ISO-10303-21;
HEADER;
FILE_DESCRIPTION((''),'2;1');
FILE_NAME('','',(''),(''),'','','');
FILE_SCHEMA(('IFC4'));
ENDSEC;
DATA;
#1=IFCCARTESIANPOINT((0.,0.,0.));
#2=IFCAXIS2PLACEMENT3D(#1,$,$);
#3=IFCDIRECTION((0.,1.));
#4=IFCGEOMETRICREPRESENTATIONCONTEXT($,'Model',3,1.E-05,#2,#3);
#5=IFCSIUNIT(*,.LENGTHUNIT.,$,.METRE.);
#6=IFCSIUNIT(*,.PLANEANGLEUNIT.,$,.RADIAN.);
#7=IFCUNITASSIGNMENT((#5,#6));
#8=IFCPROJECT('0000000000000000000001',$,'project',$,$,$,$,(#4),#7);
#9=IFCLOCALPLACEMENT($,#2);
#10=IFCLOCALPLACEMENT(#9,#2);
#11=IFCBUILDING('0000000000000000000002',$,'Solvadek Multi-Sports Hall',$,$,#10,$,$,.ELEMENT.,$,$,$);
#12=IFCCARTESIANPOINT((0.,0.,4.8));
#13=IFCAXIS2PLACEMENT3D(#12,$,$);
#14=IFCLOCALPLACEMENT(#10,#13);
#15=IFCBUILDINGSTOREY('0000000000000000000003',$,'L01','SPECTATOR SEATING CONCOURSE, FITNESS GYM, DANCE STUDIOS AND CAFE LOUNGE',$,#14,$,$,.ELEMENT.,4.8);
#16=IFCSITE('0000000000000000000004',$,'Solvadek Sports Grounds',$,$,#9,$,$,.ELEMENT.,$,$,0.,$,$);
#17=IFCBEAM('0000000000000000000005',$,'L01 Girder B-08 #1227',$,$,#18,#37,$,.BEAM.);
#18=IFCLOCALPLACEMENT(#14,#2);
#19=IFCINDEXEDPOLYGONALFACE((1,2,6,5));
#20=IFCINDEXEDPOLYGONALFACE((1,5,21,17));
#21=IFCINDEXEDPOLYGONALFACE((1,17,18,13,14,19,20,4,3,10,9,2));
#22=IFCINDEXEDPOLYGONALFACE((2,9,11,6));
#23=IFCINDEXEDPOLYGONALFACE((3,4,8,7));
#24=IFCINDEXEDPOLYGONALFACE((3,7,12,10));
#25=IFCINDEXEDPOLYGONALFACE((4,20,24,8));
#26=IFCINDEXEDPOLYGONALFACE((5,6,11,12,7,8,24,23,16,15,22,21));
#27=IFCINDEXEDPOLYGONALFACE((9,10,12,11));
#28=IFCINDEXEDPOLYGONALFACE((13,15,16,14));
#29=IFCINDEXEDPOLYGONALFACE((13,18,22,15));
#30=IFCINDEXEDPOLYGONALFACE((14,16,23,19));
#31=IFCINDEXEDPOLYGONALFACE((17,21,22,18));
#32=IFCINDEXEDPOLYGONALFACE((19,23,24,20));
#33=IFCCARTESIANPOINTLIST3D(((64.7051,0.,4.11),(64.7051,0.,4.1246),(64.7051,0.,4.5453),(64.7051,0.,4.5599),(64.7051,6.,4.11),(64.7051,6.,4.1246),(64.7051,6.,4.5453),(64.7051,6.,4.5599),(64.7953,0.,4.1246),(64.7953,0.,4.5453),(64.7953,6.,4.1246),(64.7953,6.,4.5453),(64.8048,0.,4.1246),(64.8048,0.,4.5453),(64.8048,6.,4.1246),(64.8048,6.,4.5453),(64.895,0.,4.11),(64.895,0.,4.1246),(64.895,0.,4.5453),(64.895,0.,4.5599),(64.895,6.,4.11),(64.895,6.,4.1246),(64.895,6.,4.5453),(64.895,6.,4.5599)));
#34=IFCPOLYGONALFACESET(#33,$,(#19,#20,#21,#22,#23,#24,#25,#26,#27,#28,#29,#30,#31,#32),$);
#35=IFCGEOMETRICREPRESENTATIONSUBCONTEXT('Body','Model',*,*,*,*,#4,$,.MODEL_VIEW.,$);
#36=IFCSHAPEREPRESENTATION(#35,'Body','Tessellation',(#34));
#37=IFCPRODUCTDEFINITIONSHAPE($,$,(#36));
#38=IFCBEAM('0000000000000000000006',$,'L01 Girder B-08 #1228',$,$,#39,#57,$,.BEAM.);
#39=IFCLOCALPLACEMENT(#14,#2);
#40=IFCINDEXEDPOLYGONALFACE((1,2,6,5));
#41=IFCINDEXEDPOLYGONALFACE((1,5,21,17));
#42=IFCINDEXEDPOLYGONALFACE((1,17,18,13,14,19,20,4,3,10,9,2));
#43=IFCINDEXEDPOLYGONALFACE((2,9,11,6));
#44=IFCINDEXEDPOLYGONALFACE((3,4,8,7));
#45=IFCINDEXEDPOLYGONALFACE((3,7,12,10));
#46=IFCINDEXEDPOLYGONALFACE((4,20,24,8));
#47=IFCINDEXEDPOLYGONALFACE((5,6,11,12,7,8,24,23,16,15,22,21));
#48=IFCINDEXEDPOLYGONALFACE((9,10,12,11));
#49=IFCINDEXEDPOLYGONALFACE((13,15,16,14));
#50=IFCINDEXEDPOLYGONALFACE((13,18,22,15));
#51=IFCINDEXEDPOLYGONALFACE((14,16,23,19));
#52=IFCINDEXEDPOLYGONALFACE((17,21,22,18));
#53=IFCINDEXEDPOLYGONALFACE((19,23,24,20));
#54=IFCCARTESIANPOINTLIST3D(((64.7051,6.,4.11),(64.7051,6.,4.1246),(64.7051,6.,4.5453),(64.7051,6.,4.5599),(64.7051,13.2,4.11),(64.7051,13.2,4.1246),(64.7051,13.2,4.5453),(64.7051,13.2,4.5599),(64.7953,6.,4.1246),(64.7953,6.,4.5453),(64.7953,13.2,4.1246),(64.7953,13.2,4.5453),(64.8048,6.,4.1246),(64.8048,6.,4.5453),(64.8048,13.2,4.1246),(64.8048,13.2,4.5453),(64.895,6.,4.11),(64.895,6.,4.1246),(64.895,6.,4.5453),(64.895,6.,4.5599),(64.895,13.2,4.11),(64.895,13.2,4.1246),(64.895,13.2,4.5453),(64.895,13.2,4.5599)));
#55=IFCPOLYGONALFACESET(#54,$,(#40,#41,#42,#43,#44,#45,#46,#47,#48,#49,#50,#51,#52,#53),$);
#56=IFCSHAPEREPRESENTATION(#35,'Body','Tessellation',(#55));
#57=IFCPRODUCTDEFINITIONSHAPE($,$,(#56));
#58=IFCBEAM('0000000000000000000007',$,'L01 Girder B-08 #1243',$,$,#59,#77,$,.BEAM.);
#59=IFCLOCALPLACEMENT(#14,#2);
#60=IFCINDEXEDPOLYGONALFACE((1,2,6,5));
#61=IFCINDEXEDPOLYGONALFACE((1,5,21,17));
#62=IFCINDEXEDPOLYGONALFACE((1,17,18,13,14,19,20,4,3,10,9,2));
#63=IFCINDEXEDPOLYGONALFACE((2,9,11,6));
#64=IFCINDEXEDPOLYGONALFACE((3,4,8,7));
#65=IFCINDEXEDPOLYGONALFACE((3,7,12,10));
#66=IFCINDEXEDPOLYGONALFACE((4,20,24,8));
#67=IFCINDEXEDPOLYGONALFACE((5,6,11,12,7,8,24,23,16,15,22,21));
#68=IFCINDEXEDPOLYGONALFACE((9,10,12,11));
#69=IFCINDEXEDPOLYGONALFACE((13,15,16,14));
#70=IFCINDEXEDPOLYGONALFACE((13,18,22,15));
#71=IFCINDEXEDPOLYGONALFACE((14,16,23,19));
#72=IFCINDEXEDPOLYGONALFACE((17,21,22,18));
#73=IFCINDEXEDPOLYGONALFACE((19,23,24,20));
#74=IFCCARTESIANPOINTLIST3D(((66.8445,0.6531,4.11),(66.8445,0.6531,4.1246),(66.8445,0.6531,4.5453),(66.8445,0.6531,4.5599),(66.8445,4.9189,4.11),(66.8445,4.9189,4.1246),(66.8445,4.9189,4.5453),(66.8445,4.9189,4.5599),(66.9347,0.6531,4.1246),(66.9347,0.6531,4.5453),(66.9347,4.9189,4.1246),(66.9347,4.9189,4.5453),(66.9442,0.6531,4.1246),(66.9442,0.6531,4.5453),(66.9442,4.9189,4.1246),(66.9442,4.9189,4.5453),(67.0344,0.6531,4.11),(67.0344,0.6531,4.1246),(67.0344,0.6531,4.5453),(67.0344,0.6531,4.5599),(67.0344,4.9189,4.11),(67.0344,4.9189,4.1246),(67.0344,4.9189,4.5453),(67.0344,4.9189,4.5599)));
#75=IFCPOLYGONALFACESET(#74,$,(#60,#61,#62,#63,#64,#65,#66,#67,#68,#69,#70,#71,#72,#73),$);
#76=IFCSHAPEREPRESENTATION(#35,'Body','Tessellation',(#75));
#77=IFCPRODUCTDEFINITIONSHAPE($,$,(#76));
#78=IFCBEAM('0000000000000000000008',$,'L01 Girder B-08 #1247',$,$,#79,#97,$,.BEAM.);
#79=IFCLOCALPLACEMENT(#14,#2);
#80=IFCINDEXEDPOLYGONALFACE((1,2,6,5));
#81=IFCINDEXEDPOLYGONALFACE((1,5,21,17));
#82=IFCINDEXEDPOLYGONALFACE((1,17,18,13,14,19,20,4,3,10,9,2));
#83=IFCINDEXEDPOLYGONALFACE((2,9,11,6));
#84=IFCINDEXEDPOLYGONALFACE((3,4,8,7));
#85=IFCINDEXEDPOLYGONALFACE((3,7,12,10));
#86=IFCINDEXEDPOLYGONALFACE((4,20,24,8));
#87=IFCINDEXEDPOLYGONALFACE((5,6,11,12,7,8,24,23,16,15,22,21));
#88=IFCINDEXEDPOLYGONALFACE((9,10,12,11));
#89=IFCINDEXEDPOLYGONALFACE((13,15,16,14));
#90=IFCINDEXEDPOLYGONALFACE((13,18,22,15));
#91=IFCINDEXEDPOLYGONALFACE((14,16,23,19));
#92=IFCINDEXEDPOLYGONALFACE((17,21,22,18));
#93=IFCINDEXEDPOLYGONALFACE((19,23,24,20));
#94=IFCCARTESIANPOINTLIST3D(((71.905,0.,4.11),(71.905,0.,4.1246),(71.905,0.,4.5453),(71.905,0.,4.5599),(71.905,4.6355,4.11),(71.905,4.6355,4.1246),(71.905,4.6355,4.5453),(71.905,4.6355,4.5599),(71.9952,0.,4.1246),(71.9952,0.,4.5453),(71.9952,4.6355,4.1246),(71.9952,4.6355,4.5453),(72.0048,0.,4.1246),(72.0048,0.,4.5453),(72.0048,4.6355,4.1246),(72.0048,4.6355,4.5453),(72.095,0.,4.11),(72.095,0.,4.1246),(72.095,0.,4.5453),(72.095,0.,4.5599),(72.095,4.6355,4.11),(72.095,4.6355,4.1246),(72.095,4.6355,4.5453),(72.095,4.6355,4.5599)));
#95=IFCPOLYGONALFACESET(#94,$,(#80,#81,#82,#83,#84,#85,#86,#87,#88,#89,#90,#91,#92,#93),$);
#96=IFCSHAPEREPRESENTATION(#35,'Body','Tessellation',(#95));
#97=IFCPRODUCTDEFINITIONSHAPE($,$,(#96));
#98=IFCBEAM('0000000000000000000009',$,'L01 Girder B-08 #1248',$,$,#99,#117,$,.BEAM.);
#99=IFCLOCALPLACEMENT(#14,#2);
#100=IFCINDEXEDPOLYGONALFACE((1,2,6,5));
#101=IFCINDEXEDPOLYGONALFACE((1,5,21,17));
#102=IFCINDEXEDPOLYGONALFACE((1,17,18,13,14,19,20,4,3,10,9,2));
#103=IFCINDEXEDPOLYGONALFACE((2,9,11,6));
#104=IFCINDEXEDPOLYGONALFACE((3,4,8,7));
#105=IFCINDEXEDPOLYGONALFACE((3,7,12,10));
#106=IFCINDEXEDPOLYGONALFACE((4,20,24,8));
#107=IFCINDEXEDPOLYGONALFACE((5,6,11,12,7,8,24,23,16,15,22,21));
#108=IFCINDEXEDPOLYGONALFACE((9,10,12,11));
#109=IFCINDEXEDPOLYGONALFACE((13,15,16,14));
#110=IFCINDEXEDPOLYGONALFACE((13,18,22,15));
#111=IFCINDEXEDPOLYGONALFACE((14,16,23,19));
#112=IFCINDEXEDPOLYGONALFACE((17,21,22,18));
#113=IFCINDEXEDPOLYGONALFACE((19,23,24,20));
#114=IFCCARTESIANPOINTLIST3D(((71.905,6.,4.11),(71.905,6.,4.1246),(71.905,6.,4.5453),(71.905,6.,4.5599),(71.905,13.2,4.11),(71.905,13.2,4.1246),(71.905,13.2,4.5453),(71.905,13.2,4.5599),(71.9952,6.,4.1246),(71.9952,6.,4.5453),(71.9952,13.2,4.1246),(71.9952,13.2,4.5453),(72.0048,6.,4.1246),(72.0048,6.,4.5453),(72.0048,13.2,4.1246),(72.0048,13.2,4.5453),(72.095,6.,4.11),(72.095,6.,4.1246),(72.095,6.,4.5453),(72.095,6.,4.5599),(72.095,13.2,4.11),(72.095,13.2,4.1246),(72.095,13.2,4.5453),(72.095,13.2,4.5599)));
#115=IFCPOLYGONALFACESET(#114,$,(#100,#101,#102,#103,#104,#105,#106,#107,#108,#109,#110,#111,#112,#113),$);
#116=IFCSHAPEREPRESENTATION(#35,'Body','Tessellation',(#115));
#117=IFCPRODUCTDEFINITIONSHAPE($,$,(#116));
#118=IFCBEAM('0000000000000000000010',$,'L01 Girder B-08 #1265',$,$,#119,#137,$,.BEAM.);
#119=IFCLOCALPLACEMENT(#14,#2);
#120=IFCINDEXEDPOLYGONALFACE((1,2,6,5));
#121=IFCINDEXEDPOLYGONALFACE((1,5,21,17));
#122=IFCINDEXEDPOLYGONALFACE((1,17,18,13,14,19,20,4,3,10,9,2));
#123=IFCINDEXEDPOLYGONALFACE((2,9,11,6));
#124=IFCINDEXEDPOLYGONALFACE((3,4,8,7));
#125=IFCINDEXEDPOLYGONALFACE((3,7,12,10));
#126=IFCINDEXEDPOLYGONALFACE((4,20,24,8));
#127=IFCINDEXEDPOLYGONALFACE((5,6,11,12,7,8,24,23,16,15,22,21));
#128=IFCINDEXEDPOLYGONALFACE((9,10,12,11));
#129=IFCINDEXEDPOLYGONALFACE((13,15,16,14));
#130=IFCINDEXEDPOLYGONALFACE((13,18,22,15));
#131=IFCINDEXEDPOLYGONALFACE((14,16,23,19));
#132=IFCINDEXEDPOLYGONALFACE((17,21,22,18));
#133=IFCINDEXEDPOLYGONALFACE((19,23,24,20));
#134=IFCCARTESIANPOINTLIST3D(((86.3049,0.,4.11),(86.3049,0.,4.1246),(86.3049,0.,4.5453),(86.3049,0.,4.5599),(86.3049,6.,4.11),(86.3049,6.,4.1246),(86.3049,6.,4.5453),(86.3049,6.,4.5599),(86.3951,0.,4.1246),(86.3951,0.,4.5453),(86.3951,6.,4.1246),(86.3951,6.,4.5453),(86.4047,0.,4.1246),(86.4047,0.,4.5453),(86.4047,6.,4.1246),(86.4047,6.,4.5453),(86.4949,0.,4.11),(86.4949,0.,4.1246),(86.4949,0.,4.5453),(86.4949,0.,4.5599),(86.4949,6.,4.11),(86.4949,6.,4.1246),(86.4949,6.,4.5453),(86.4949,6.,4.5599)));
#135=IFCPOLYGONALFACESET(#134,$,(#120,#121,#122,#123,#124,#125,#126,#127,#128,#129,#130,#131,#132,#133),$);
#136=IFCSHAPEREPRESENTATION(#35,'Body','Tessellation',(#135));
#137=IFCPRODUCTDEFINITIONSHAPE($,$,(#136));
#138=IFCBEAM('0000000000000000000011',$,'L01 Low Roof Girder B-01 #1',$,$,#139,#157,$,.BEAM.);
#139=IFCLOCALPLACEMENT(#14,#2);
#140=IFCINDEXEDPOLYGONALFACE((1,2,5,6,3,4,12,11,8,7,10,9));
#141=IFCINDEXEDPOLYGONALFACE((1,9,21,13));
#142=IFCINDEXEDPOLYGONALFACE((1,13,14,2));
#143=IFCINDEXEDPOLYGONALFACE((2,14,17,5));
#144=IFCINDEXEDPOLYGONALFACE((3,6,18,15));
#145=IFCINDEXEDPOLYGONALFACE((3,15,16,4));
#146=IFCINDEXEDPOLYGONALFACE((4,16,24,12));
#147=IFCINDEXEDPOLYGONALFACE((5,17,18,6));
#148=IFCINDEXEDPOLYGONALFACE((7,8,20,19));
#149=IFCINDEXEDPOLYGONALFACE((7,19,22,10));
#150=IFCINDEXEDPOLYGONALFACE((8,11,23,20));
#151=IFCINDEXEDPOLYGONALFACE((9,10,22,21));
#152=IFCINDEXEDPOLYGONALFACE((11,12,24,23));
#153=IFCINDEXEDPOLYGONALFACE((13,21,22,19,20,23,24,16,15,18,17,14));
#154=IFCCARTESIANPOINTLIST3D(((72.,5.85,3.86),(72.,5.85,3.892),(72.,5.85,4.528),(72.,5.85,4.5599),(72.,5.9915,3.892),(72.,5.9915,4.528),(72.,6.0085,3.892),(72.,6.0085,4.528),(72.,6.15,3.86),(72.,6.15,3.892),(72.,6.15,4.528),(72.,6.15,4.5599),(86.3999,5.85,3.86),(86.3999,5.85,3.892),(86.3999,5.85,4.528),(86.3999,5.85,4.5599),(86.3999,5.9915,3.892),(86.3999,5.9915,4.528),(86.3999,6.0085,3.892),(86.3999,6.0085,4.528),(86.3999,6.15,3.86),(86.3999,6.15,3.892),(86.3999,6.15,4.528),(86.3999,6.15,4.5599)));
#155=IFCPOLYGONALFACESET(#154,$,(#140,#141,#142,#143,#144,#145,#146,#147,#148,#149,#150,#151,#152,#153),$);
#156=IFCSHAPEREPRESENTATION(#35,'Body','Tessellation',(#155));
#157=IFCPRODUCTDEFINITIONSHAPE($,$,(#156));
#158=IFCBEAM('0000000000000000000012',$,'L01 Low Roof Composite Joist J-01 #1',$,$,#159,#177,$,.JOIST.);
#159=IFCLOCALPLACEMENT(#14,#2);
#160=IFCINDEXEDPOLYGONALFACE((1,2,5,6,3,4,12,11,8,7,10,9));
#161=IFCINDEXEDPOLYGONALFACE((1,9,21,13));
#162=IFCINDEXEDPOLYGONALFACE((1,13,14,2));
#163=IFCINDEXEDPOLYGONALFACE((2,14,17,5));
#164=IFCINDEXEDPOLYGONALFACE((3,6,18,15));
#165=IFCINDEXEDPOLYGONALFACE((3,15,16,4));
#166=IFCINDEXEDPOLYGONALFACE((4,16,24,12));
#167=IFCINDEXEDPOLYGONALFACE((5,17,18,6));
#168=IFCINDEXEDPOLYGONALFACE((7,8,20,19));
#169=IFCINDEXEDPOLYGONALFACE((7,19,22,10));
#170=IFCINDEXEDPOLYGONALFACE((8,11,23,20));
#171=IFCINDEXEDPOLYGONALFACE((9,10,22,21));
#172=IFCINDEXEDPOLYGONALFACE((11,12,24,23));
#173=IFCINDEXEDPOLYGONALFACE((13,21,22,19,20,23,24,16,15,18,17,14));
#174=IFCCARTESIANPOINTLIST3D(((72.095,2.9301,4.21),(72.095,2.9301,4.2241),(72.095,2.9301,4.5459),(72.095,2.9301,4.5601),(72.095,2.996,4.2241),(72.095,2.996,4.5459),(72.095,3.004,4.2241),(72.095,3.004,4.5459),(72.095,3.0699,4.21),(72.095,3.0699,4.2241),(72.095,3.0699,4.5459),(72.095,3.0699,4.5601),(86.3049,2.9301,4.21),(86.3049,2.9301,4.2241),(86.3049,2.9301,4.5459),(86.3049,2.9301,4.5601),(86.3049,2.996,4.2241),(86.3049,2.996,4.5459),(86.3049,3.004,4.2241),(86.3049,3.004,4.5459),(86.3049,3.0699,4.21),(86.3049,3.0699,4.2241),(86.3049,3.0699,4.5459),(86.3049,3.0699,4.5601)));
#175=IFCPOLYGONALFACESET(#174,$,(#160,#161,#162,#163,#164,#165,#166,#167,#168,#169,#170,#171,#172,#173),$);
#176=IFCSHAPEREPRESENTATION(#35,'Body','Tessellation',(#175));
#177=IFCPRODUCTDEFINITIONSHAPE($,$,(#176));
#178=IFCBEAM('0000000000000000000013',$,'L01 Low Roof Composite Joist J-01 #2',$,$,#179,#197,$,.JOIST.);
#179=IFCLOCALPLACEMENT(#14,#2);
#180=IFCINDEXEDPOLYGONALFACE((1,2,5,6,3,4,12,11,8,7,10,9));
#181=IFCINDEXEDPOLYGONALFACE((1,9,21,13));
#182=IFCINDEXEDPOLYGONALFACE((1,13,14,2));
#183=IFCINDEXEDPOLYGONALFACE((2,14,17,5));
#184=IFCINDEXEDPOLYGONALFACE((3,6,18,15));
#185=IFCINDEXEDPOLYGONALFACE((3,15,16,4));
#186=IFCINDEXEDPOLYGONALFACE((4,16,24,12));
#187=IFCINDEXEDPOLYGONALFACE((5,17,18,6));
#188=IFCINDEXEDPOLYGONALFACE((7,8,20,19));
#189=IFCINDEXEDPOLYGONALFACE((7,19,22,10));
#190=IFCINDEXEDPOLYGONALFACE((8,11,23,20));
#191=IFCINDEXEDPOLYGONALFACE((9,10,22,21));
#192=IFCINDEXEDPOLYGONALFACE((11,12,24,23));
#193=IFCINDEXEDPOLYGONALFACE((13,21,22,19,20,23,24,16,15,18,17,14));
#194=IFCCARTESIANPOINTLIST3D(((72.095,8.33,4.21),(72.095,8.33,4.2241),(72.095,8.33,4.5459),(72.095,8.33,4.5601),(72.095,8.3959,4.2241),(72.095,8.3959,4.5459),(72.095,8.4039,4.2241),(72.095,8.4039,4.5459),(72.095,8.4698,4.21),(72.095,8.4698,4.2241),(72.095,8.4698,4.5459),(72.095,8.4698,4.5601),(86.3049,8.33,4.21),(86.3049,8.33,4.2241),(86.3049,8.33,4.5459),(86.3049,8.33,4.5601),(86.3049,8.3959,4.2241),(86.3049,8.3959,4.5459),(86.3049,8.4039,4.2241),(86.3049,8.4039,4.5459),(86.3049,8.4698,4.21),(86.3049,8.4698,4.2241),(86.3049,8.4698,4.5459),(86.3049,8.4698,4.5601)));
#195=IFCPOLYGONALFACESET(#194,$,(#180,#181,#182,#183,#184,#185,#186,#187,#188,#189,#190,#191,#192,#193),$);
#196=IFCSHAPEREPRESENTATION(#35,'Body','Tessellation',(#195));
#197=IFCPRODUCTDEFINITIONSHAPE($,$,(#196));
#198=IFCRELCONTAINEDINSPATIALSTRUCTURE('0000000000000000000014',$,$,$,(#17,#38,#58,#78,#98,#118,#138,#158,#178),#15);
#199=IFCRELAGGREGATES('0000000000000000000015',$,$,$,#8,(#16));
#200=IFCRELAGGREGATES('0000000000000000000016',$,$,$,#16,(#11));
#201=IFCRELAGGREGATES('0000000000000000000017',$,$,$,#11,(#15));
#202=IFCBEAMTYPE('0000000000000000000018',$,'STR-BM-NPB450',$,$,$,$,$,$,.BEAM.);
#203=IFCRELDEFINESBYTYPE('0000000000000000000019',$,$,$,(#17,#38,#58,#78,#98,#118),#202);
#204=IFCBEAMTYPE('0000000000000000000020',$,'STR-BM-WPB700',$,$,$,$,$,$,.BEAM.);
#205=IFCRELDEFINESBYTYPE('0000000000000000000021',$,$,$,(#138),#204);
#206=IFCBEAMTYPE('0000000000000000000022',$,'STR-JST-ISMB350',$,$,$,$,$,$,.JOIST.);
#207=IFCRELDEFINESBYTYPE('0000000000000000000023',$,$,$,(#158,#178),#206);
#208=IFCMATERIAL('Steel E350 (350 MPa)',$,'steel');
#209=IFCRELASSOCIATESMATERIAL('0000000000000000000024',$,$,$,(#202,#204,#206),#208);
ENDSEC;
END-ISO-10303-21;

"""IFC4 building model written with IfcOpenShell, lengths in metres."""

from ifc_helpers import new_model, si_unit, direction, frame, origin, origin_2d, place, context, subcontext, project, spatial, i_section, extrude, material, material_profile, profile_set, type_object, element, save


model = new_model("IFC4")

# Units and contexts
model_context = context("Model", 3, precision=1e-05, world=origin(), true_north=direction((0.0, 1.0)))
body_context = subcontext(model_context, "Body", "Model", "MODEL_VIEW")
ifc_project = project(units=[si_unit("LENGTHUNIT", "METRE"), si_unit("PLANEANGLEUNIT", "RADIAN")], contexts=[model_context])

# Site, building, storey
site_placement = place(None, origin())
site = spatial("IfcSite", under=ifc_project, at=site_placement, Name="Solvadek Sports Grounds", CompositionType="ELEMENT", RefElevation=0.0)
building_placement = place(site_placement, origin())
building = spatial("IfcBuilding", under=site, at=building_placement, Name="Solvadek Multi-Sports Hall", CompositionType="ELEMENT")
storey_placement = place(building_placement, frame((0.0, 0.0, 4.8)))
storey = spatial("IfcBuildingStorey", under=building, at=storey_placement, Name="L01", Description="SPECTATOR SEATING CONCOURSE, FITNESS GYM, DANCE STUDIOS AND CAFE LOUNGE", CompositionType="ELEMENT", Elevation=4.8)

# Shared definitions
ifc_material_1 = material(Name="Steel E350 (350 MPa)", Category="steel")

# Beams
ifc_material_profile_1 = material_profile(ifc_material_1, i_section(OverallWidth=0.1899, OverallDepth=0.45, WebThickness=0.0095, FlangeThickness=0.0146, at=origin_2d()), Name="NPB 450")
ifc_profile_set_1 = profile_set([ifc_material_profile_1], Name="Steel E350 (350 MPa)")
beam_type_1 = type_object("IfcBeamType", Name="STR-BM-NPB450", PredefinedType="BEAM", material=ifc_profile_set_1)
beam_1_placement = place(storey_placement, frame((64.8, 0.0, 4.335), z_axis=(0.0, 1.0, 0.0), x_axis=(-1.0, 0.0, 0.0)))
element("IfcBeam", 1, at=beam_1_placement, inside=storey, type_object=beam_type_1, Name="L01 Girder B-08 #1227", PredefinedType="BEAM", context=body_context, shape_type="SweptSolid", body=[
    extrude(i_section(OverallWidth=0.1899, OverallDepth=0.45, WebThickness=0.0095, FlangeThickness=0.0146, at=origin_2d()), origin(), (0.0, 0.0, 1.0), 6.0),
])
beam_2_placement = place(storey_placement, frame((64.8, 6.0, 4.335), z_axis=(0.0, 1.0, 0.0), x_axis=(-1.0, 0.0, 0.0)))
element("IfcBeam", 2, at=beam_2_placement, inside=storey, type_object=beam_type_1, Name="L01 Girder B-08 #1228", PredefinedType="BEAM", context=body_context, shape_type="SweptSolid", body=[
    extrude(i_section(OverallWidth=0.1899, OverallDepth=0.45, WebThickness=0.0095, FlangeThickness=0.0146, at=origin_2d()), origin(), (0.0, 0.0, 1.0), 7.2),
])
beam_3_placement = place(storey_placement, frame((66.9395, 0.6531, 4.335), z_axis=(0.0, 1.0, 0.0), x_axis=(-1.0, 0.0, 0.0)))
element("IfcBeam", 3, at=beam_3_placement, inside=storey, type_object=beam_type_1, Name="L01 Girder B-08 #1243", PredefinedType="BEAM", context=body_context, shape_type="SweptSolid", body=[
    extrude(i_section(OverallWidth=0.1899, OverallDepth=0.45, WebThickness=0.0095, FlangeThickness=0.0146, at=origin_2d()), origin(), (0.0, 0.0, 1.0), 4.2659),
])
beam_4_placement = place(storey_placement, frame((72.0, 0.0, 4.335), z_axis=(0.0, 1.0, 0.0), x_axis=(-1.0, 0.0, 0.0)))
element("IfcBeam", 4, at=beam_4_placement, inside=storey, type_object=beam_type_1, Name="L01 Girder B-08 #1247", PredefinedType="BEAM", context=body_context, shape_type="SweptSolid", body=[
    extrude(i_section(OverallWidth=0.1899, OverallDepth=0.45, WebThickness=0.0095, FlangeThickness=0.0146, at=origin_2d()), origin(), (0.0, 0.0, 1.0), 4.6355),
])
beam_5_placement = place(storey_placement, frame((72.0, 6.0, 4.335), z_axis=(0.0, 1.0, 0.0), x_axis=(-1.0, 0.0, 0.0)))
element("IfcBeam", 5, at=beam_5_placement, inside=storey, type_object=beam_type_1, Name="L01 Girder B-08 #1248", PredefinedType="BEAM", context=body_context, shape_type="SweptSolid", body=[
    extrude(i_section(OverallWidth=0.1899, OverallDepth=0.45, WebThickness=0.0095, FlangeThickness=0.0146, at=origin_2d()), origin(), (0.0, 0.0, 1.0), 7.2),
])
beam_6_placement = place(storey_placement, frame((86.3999, 0.0, 4.335), z_axis=(0.0, 1.0, 0.0), x_axis=(-1.0, 0.0, 0.0)))
element("IfcBeam", 6, at=beam_6_placement, inside=storey, type_object=beam_type_1, Name="L01 Girder B-08 #1265", PredefinedType="BEAM", context=body_context, shape_type="SweptSolid", body=[
    extrude(i_section(OverallWidth=0.1899, OverallDepth=0.45, WebThickness=0.0095, FlangeThickness=0.0146, at=origin_2d()), origin(), (0.0, 0.0, 1.0), 6.0),
])
ifc_material_profile_2 = material_profile(ifc_material_1, i_section(OverallWidth=0.3, OverallDepth=0.7, WebThickness=0.0171, FlangeThickness=0.032, at=origin_2d()), Name="WPB 700")
ifc_profile_set_2 = profile_set([ifc_material_profile_2], Name="Steel E350 (350 MPa)")
beam_type_2 = type_object("IfcBeamType", Name="STR-BM-WPB700", PredefinedType="BEAM", material=ifc_profile_set_2)
beam_7_placement = place(storey_placement, frame((72.0, 6.0, 4.21), z_axis=(1.0, 0.0, 0.0), x_axis=(0.0, 1.0, 0.0)))
element("IfcBeam", 7, at=beam_7_placement, inside=storey, type_object=beam_type_2, Name="L01 Low Roof Girder B-01 #1", PredefinedType="BEAM", context=body_context, shape_type="SweptSolid", body=[
    extrude(i_section(OverallWidth=0.3, OverallDepth=0.7, WebThickness=0.0171, FlangeThickness=0.032, at=origin_2d()), origin(), (0.0, 0.0, 1.0), 14.3999),
])
ifc_material_profile_3 = material_profile(ifc_material_1, i_section(OverallWidth=0.1399, OverallDepth=0.3501, WebThickness=0.0081, FlangeThickness=0.0142, at=origin_2d()), Name="ISMB 350")
ifc_profile_set_3 = profile_set([ifc_material_profile_3], Name="Steel E350 (350 MPa)")
beam_type_3 = type_object("IfcBeamType", Name="STR-JST-ISMB350", PredefinedType="JOIST", material=ifc_profile_set_3)
for number, where, z_axis, x_axis, name in (
    (8, (72.095, 3.0, 4.385), (1.0, 0.0, 0.0), (0.0, 1.0, 0.0), "L01 Low Roof Composite Joist J-01 #1"),
    (9, (72.095, 8.3999, 4.385), (1.0, 0.0, 0.0), (0.0, 1.0, 0.0), "L01 Low Roof Composite Joist J-01 #2"),
):
    element("IfcBeam", number, at=place(storey_placement, frame(where, z_axis=z_axis, x_axis=x_axis)), inside=storey, type_object=beam_type_3, Name=name, PredefinedType="JOIST", context=body_context, shape_type="SweptSolid", body=[
        extrude(i_section(OverallWidth=0.1399, OverallDepth=0.3501, WebThickness=0.0081, FlangeThickness=0.0142, at=origin_2d()), origin(), (0.0, 0.0, 1.0), 14.21),
    ])

save(model, "model.ifc")
